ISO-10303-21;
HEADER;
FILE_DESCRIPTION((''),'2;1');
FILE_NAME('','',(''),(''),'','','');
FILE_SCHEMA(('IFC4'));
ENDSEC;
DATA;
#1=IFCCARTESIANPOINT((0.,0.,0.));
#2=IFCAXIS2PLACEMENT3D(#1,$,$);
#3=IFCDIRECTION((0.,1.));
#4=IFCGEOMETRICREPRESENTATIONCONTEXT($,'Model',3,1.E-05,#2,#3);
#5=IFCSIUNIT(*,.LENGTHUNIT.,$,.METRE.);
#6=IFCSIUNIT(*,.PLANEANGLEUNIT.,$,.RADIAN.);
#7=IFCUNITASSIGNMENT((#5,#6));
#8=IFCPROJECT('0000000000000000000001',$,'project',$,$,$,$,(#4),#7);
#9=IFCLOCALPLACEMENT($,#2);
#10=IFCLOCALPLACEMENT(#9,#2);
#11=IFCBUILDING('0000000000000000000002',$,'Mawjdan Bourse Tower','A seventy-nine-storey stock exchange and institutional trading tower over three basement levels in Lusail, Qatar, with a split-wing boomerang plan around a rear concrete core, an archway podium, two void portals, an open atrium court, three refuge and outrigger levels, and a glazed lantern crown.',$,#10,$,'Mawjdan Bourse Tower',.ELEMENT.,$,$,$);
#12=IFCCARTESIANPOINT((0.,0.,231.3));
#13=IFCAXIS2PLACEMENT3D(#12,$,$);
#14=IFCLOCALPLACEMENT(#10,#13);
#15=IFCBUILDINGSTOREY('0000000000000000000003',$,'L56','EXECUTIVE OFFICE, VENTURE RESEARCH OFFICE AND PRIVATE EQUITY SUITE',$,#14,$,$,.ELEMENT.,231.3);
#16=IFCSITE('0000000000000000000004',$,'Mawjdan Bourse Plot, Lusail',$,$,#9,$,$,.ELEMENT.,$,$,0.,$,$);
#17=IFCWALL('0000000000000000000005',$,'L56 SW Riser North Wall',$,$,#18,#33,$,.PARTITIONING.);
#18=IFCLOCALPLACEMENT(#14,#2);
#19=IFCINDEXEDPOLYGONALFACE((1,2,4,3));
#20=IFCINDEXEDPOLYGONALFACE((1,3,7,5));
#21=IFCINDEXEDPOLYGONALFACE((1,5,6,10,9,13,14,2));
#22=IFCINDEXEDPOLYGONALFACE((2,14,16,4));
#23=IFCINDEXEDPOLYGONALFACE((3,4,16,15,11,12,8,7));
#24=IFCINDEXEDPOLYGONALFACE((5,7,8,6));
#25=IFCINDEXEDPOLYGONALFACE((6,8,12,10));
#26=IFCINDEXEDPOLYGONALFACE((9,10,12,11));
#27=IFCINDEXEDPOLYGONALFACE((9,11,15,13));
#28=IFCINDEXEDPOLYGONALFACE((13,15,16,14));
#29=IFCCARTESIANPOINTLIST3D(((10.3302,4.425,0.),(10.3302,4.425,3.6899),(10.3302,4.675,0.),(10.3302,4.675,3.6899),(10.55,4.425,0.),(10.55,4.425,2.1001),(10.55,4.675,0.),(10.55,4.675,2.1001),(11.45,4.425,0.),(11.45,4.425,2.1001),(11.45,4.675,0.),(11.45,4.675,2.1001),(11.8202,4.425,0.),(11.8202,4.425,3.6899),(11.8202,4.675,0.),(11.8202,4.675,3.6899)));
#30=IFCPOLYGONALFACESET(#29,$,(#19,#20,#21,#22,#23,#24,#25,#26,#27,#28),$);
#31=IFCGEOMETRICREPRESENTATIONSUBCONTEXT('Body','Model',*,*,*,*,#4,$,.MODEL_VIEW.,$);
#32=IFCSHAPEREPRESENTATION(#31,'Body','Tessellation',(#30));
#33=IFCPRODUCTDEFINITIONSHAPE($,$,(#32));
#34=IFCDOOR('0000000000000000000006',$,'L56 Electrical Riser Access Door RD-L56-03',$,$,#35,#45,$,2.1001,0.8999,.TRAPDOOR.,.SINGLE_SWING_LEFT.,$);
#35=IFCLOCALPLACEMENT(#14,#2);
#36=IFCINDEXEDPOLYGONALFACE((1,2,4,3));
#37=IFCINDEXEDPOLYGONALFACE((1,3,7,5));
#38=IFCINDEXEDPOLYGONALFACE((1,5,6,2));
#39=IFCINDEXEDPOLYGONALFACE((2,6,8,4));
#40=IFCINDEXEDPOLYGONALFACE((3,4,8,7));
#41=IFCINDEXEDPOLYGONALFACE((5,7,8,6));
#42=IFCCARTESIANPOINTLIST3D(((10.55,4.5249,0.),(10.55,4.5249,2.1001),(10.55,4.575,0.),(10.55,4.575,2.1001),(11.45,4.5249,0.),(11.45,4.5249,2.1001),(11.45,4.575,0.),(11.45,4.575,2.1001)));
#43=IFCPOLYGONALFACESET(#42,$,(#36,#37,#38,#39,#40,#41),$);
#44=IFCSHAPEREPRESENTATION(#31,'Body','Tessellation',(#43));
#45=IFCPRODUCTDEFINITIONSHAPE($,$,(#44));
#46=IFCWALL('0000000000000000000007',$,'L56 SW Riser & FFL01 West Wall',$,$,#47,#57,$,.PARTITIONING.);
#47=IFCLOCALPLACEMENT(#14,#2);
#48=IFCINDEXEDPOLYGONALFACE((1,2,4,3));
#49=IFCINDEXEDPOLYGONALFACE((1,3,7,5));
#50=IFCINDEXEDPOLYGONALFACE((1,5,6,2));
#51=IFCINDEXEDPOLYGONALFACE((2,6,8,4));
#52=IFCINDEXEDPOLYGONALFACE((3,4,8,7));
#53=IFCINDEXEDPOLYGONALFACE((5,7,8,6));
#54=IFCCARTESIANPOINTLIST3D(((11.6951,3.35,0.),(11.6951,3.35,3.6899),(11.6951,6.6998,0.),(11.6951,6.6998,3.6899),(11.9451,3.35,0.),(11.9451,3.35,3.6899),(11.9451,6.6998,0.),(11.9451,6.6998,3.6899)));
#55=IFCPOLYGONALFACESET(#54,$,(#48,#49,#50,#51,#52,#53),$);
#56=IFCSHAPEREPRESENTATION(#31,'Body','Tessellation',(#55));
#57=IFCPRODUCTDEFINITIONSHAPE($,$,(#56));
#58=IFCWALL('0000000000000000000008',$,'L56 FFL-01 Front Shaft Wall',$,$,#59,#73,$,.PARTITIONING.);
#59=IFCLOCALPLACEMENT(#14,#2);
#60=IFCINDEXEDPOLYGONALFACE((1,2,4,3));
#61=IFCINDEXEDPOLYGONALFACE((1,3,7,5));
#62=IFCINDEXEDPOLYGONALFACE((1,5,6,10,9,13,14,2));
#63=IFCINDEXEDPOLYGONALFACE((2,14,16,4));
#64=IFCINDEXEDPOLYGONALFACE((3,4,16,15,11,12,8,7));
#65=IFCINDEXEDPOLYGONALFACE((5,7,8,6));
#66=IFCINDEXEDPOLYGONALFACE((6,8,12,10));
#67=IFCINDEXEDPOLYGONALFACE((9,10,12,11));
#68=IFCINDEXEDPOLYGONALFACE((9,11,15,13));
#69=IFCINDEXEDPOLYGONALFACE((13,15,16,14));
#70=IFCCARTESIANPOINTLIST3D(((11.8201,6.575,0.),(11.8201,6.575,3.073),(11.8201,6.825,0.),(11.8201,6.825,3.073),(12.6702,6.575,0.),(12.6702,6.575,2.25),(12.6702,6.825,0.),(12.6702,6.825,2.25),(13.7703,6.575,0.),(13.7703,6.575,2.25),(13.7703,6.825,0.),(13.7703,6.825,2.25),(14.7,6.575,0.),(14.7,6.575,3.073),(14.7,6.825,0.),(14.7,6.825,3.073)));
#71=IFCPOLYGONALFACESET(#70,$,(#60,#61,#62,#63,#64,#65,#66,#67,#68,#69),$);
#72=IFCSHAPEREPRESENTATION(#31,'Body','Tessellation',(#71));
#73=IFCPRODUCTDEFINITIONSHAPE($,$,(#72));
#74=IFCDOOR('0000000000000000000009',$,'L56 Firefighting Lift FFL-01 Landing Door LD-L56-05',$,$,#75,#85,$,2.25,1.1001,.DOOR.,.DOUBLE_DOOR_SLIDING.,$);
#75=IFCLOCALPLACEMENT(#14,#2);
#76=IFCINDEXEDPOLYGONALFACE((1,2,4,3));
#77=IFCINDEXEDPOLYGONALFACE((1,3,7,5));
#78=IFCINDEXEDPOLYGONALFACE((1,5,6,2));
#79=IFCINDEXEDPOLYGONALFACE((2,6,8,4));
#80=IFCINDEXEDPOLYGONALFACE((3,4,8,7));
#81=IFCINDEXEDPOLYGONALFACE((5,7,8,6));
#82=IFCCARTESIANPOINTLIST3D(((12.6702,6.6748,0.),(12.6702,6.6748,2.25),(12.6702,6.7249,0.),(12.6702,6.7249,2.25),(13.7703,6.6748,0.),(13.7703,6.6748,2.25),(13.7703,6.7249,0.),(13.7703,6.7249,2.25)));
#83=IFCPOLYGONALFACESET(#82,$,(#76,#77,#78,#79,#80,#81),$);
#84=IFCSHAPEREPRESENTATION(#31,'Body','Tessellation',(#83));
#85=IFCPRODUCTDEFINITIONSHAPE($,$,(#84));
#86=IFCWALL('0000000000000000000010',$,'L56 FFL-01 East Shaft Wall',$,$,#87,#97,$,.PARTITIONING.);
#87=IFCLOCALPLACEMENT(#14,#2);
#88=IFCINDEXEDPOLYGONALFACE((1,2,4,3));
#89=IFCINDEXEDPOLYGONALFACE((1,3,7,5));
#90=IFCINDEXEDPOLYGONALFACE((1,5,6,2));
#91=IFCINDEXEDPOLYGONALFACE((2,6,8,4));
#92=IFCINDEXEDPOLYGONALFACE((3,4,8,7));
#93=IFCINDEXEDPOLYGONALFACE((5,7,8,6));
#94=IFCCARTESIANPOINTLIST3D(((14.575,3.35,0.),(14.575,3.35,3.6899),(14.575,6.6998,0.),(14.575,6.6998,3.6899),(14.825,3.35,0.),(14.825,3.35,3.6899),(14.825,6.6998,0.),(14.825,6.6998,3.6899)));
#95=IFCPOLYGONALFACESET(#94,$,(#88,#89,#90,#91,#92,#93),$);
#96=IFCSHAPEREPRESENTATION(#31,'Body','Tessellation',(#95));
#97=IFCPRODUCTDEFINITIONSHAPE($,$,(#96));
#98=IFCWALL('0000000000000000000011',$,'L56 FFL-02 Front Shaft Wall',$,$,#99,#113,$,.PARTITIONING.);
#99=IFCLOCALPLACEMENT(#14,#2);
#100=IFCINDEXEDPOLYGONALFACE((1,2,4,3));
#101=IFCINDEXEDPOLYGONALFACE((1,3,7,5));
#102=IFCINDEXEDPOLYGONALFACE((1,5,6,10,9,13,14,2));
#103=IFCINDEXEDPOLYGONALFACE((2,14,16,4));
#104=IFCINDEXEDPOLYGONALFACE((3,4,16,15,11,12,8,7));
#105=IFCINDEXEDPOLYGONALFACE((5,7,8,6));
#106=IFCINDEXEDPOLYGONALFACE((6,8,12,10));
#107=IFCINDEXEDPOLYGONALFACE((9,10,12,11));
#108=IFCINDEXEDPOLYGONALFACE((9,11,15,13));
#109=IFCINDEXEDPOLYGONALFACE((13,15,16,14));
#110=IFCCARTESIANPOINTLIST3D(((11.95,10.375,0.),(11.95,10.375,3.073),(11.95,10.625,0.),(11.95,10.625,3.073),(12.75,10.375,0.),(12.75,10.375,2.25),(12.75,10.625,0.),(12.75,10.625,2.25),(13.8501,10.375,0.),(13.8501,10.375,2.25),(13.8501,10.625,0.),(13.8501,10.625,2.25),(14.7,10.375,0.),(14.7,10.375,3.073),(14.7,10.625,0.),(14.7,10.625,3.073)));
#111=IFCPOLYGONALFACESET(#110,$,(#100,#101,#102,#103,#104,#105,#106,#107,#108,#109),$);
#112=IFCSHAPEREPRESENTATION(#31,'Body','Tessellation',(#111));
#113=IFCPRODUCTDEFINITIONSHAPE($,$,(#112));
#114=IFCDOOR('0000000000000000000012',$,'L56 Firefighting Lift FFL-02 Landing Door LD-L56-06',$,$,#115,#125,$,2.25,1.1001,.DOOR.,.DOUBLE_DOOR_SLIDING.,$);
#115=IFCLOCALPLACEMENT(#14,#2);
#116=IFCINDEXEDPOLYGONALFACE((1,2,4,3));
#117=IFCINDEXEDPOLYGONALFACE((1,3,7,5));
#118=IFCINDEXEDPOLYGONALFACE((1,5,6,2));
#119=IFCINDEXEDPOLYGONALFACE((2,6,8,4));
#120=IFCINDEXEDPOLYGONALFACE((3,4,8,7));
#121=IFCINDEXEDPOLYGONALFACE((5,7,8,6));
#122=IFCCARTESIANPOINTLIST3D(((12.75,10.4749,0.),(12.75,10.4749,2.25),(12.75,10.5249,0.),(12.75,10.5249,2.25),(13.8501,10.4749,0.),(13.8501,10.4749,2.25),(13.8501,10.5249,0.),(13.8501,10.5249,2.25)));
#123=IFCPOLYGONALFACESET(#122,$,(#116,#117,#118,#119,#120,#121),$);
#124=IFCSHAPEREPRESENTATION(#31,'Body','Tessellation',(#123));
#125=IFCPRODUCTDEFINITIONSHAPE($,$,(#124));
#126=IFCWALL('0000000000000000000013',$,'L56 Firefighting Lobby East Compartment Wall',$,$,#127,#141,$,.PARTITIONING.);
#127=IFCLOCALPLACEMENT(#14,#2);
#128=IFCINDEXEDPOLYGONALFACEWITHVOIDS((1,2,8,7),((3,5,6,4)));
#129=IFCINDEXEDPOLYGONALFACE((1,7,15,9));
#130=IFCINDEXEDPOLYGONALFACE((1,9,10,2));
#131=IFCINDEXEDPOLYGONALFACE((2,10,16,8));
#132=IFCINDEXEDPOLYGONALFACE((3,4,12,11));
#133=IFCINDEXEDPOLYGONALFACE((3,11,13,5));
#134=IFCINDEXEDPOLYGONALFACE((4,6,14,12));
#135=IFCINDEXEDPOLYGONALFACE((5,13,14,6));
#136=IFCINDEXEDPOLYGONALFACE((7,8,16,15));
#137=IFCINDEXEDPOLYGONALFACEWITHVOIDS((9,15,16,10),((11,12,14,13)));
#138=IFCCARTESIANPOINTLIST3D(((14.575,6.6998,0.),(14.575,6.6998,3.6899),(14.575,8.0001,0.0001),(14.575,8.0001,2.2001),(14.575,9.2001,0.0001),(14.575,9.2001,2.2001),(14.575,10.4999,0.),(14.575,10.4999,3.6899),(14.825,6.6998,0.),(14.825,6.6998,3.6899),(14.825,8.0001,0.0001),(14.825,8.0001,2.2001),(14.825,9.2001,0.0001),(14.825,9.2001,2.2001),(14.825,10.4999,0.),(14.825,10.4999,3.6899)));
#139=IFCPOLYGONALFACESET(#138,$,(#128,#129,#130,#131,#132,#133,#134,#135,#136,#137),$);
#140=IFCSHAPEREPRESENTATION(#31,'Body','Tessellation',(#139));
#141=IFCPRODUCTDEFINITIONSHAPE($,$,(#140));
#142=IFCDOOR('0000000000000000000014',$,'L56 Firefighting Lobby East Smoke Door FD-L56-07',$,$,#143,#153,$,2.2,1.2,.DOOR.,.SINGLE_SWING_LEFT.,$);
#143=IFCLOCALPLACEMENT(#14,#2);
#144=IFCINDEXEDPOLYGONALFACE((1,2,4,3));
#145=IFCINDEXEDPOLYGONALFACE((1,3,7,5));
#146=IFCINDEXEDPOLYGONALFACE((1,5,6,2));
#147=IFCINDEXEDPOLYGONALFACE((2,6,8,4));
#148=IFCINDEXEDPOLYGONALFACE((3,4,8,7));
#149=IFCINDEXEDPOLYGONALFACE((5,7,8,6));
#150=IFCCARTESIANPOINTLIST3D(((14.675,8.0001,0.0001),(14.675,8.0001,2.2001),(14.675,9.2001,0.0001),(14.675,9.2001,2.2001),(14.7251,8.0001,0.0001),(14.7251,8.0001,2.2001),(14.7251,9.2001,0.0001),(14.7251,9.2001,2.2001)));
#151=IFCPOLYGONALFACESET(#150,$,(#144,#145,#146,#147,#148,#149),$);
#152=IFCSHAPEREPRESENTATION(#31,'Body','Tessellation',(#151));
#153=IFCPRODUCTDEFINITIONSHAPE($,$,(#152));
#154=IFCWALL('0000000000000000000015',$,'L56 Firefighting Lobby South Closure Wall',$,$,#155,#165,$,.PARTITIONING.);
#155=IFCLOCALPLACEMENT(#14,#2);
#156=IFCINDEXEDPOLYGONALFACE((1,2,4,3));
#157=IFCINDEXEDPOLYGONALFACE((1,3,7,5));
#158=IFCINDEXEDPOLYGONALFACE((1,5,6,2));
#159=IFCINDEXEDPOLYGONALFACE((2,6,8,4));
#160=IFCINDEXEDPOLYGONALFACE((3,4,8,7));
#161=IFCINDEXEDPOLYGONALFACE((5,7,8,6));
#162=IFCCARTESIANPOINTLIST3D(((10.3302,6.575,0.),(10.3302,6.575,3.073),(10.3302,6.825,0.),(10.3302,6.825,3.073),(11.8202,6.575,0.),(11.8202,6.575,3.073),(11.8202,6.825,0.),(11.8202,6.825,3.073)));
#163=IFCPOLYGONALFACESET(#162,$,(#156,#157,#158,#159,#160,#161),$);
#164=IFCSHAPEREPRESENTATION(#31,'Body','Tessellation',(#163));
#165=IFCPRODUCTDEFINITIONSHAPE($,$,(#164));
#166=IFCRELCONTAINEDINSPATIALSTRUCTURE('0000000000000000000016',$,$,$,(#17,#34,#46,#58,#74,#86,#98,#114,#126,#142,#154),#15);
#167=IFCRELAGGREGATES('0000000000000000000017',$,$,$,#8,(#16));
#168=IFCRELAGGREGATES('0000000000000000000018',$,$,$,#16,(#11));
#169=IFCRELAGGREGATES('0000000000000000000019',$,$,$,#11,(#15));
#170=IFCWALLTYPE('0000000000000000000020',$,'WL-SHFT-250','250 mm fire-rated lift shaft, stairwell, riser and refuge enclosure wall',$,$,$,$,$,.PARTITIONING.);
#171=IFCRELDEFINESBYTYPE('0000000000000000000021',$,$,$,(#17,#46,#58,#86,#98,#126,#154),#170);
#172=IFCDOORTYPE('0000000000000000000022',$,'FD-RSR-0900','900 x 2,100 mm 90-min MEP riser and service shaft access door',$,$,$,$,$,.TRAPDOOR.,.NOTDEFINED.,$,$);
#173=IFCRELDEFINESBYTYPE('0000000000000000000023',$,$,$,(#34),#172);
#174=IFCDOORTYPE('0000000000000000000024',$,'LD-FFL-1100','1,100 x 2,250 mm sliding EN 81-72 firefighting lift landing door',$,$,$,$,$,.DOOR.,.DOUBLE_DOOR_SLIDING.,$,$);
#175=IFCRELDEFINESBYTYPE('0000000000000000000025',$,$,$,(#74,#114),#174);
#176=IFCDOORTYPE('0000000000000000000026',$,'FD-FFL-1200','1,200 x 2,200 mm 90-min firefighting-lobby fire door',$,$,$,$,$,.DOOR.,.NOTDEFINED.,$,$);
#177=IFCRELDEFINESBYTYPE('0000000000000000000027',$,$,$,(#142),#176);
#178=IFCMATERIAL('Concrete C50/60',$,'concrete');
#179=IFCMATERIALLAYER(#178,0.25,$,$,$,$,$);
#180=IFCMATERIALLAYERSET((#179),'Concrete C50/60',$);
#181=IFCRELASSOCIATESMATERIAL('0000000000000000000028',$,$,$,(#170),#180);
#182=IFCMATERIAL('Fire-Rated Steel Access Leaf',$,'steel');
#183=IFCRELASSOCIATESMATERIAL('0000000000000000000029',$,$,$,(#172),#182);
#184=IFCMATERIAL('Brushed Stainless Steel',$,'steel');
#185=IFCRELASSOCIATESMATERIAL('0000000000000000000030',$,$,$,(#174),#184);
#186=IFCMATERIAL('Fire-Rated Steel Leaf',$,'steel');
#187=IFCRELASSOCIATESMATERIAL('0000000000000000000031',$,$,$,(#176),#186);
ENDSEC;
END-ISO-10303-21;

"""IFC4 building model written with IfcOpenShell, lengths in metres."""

from ifc_helpers import new_model, si_unit, direction, frame, frame_2d, origin, place, context, subcontext, project, spatial, rectangle, extrude, material, layer, layer_set, type_object, element, fill, save


model = new_model("IFC4")

# Units and contexts
model_context = context("Model", 3, precision=1e-05, world=origin(), true_north=direction((0.0, 1.0)))
body_context = subcontext(model_context, "Body", "Model", "MODEL_VIEW")
ifc_project = project(units=[si_unit("LENGTHUNIT", "METRE"), si_unit("PLANEANGLEUNIT", "RADIAN")], contexts=[model_context])

# Site, building, storey
site_placement = place(None, origin())
site = spatial("IfcSite", under=ifc_project, at=site_placement, Name="Mawjdan Bourse Plot, Lusail", CompositionType="ELEMENT", RefElevation=0.0)
building_placement = place(site_placement, origin())
building = spatial("IfcBuilding", under=site, at=building_placement, Name="Mawjdan Bourse Tower", Description="A seventy-nine-storey stock exchange and institutional trading tower over three basement levels in Lusail, Qatar, with a split-wing boomerang plan around a rear concrete core, an archway podium, two void portals, an open atrium court, three refuge and outrigger levels, and a glazed lantern crown.", LongName="Mawjdan Bourse Tower", CompositionType="ELEMENT")
storey_placement = place(building_placement, frame((0.0, 0.0, 231.3)))
storey = spatial("IfcBuildingStorey", under=building, at=storey_placement, Name="L56", Description="EXECUTIVE OFFICE, VENTURE RESEARCH OFFICE AND PRIVATE EQUITY SUITE", CompositionType="ELEMENT", Elevation=231.3)

# Wall, opening, door
ifc_material_1 = material(Name="Concrete C50/60", Category="concrete")
ifc_layer_1 = layer(ifc_material_1, 0.25)
ifc_layer_set_1 = layer_set([ifc_layer_1], Name="Concrete C50/60")
wall_type_1 = type_object("IfcWallType", Name="WL-SHFT-250", Description="250 mm fire-rated lift shaft, stairwell, riser and refuge enclosure wall", PredefinedType="PARTITIONING", material=ifc_layer_set_1)
wall_1_placement = place(storey_placement, frame((10.3301, 4.55, 0.0), z_axis=(0.0, 0.0, 1.0), x_axis=(1.0, 0.0, 0.0)))
wall_1 = element("IfcWall", 1, at=wall_1_placement, inside=storey, type_object=wall_type_1, Name="L56 SW Riser North Wall", PredefinedType="PARTITIONING", context=body_context, shape_type="SweptSolid", body=[
    extrude(rectangle(XDim=1.49, YDim=0.25, at=frame_2d((0.7451, 0.0))), origin(), (0.0, 0.0, 1.0), 3.6899),
])
opening_1_placement = place(wall_1_placement, frame((0.22, 0.0, 0.0)))
opening_1 = element("IfcOpeningElement", 2, at=opening_1_placement, cuts=wall_1, PredefinedType="OPENING", context=body_context, shape_type="SweptSolid", body=[
    extrude(rectangle(XDim=0.8999, YDim=2.1001, at=frame_2d((0.45, 1.05))), frame((0.0, 0.135, 0.0), z_axis=(0.0, -1.0, 0.0), x_axis=(1.0, 0.0, 0.0)), (0.0, 0.0, 1.0), 0.27),
])
ifc_material_2 = material(Name="Fire-Rated Steel Access Leaf", Category="steel")
door_type_1 = type_object("IfcDoorType", Name="FD-RSR-0900", Description="900 x 2,100 mm 90-min MEP riser and service shaft access door", OperationType="NOTDEFINED", PredefinedType="TRAPDOOR", material=ifc_material_2)
door_1_placement = place(opening_1_placement, origin())
door_1 = element("IfcDoor", 3, at=door_1_placement, inside=storey, type_object=door_type_1, Name="L56 Electrical Riser Access Door RD-L56-03", OperationType="SINGLE_SWING_LEFT", OverallHeight=2.1001, OverallWidth=0.8999, PredefinedType="TRAPDOOR", context=body_context, shape_type="SweptSolid", body=[
    extrude(rectangle(XDim=0.8999, YDim=2.1001, at=frame_2d((0.45, 1.05))), frame((0.0, 0.0249, 0.0), z_axis=(0.0, -1.0, 0.0), x_axis=(1.0, 0.0, 0.0)), (0.0, 0.0, 1.0), 0.05),
])
fill(opening_1, door_1)

# Wall
wall_2_placement = place(storey_placement, frame((11.8201, 3.3501, 0.0), z_axis=(0.0, 0.0, 1.0), x_axis=(0.0, 1.0, 0.0)))
element("IfcWall", 4, at=wall_2_placement, inside=storey, type_object=wall_type_1, Name="L56 SW Riser & FFL01 West Wall", PredefinedType="PARTITIONING", context=body_context, shape_type="SweptSolid", body=[
    extrude(rectangle(XDim=3.3499, YDim=0.25, at=frame_2d((1.6748, 0.0))), origin(), (0.0, 0.0, 1.0), 3.6899),
])

# Wall, opening, door
wall_3_placement = place(storey_placement, frame((11.8201, 6.7, 0.0), z_axis=(0.0, 0.0, 1.0), x_axis=(1.0, 0.0, 0.0)))
wall_3 = element("IfcWall", 5, at=wall_3_placement, inside=storey, type_object=wall_type_1, Name="L56 FFL-01 Front Shaft Wall", PredefinedType="PARTITIONING", context=body_context, shape_type="SweptSolid", body=[
    extrude(rectangle(XDim=2.8799, YDim=0.25, at=frame_2d((1.4399, 0.0))), origin(), (0.0, 0.0, 1.0), 3.073),
])
opening_2_placement = place(wall_3_placement, frame((0.8501, 0.0, 0.0)))
opening_2 = element("IfcOpeningElement", 6, at=opening_2_placement, cuts=wall_3, PredefinedType="OPENING", context=body_context, shape_type="SweptSolid", body=[
    extrude(rectangle(XDim=1.1001, YDim=2.25, at=frame_2d((0.55, 1.125))), frame((0.0, 0.135, 0.0), z_axis=(0.0, -1.0, 0.0), x_axis=(1.0, 0.0, 0.0)), (0.0, 0.0, 1.0), 0.27),
])
ifc_material_3 = material(Name="Brushed Stainless Steel", Category="steel")
door_type_2 = type_object("IfcDoorType", Name="LD-FFL-1100", Description="1,100 x 2,250 mm sliding EN 81-72 firefighting lift landing door", OperationType="DOUBLE_DOOR_SLIDING", PredefinedType="DOOR", material=ifc_material_3)
door_2_placement = place(opening_2_placement, origin())
door_2 = element("IfcDoor", 7, at=door_2_placement, inside=storey, type_object=door_type_2, Name="L56 Firefighting Lift FFL-01 Landing Door LD-L56-05", OperationType="DOUBLE_DOOR_SLIDING", OverallHeight=2.25, OverallWidth=1.1001, PredefinedType="DOOR", context=body_context, shape_type="SweptSolid", body=[
    extrude(rectangle(XDim=1.1001, YDim=2.25, at=frame_2d((0.55, 1.125))), frame((0.0, 0.0249, 0.0), z_axis=(0.0, -1.0, 0.0), x_axis=(1.0, 0.0, 0.0)), (0.0, 0.0, 1.0), 0.05),
])
fill(opening_2, door_2)

# Wall
wall_4_placement = place(storey_placement, frame((14.7, 3.3501, 0.0), z_axis=(0.0, 0.0, 1.0), x_axis=(0.0, 1.0, 0.0)))
element("IfcWall", 8, at=wall_4_placement, inside=storey, type_object=wall_type_1, Name="L56 FFL-01 East Shaft Wall", PredefinedType="PARTITIONING", context=body_context, shape_type="SweptSolid", body=[
    extrude(rectangle(XDim=3.3499, YDim=0.25, at=frame_2d((1.6748, 0.0))), origin(), (0.0, 0.0, 1.0), 3.6899),
])

# Walls, openings, doors
wall_5_placement = place(storey_placement, frame((11.95, 10.5, 0.0), z_axis=(0.0, 0.0, 1.0), x_axis=(1.0, 0.0, 0.0)))
wall_5 = element("IfcWall", 9, at=wall_5_placement, inside=storey, type_object=wall_type_1, Name="L56 FFL-02 Front Shaft Wall", PredefinedType="PARTITIONING", context=body_context, shape_type="SweptSolid", body=[
    extrude(rectangle(XDim=2.75, YDim=0.25, at=frame_2d((1.375, 0.0))), origin(), (0.0, 0.0, 1.0), 3.073),
])
opening_3_placement = place(wall_5_placement, frame((0.8, 0.0, 0.0)))
opening_3 = element("IfcOpeningElement", 10, at=opening_3_placement, cuts=wall_5, PredefinedType="OPENING", context=body_context, shape_type="SweptSolid", body=[
    extrude(rectangle(XDim=1.1001, YDim=2.25, at=frame_2d((0.55, 1.125))), frame((0.0, 0.135, 0.0), z_axis=(0.0, -1.0, 0.0), x_axis=(1.0, 0.0, 0.0)), (0.0, 0.0, 1.0), 0.27),
])
door_3_placement = place(opening_3_placement, origin())
door_3 = element("IfcDoor", 11, at=door_3_placement, inside=storey, type_object=door_type_2, Name="L56 Firefighting Lift FFL-02 Landing Door LD-L56-06", OperationType="DOUBLE_DOOR_SLIDING", OverallHeight=2.25, OverallWidth=1.1001, PredefinedType="DOOR", context=body_context, shape_type="SweptSolid", body=[
    extrude(rectangle(XDim=1.1001, YDim=2.25, at=frame_2d((0.55, 1.125))), frame((0.0, 0.0249, 0.0), z_axis=(0.0, -1.0, 0.0), x_axis=(1.0, 0.0, 0.0)), (0.0, 0.0, 1.0), 0.05),
])
fill(opening_3, door_3)
wall_6_placement = place(storey_placement, frame((14.7, 6.7, 0.0), z_axis=(0.0, 0.0, 1.0), x_axis=(0.0, 1.0, 0.0)))
wall_6 = element("IfcWall", 12, at=wall_6_placement, inside=storey, type_object=wall_type_1, Name="L56 Firefighting Lobby East Compartment Wall", PredefinedType="PARTITIONING", context=body_context, shape_type="SweptSolid", body=[
    extrude(rectangle(XDim=3.8, YDim=0.25, at=frame_2d((1.8999, 0.0))), origin(), (0.0, 0.0, 1.0), 3.6899),
])
opening_4_placement = place(wall_6_placement, frame((1.3, 0.0, 0.0)))
opening_4 = element("IfcOpeningElement", 13, at=opening_4_placement, cuts=wall_6, PredefinedType="OPENING", context=body_context, shape_type="SweptSolid", body=[
    extrude(rectangle(XDim=1.2, YDim=2.2, at=frame_2d((0.6001, 1.1001))), frame((0.0, 0.135, 0.0), z_axis=(0.0, -1.0, 0.0), x_axis=(1.0, 0.0, 0.0)), (0.0, 0.0, 1.0), 0.27),
])
ifc_material_4 = material(Name="Fire-Rated Steel Leaf", Category="steel")
door_type_3 = type_object("IfcDoorType", Name="FD-FFL-1200", Description="1,200 x 2,200 mm 90-min firefighting-lobby fire door", OperationType="NOTDEFINED", PredefinedType="DOOR", material=ifc_material_4)
door_4_placement = place(opening_4_placement, origin())
door_4 = element("IfcDoor", 14, at=door_4_placement, inside=storey, type_object=door_type_3, Name="L56 Firefighting Lobby East Smoke Door FD-L56-07", OperationType="SINGLE_SWING_LEFT", OverallHeight=2.2, OverallWidth=1.2, PredefinedType="DOOR", context=body_context, shape_type="SweptSolid", body=[
    extrude(rectangle(XDim=1.2, YDim=2.2, at=frame_2d((0.6001, 1.1001))), frame((0.0, 0.0249, 0.0), z_axis=(0.0, -1.0, 0.0), x_axis=(1.0, 0.0, 0.0)), (0.0, 0.0, 1.0), 0.05),
])
fill(opening_4, door_4)

# Wall
wall_7_placement = place(storey_placement, frame((10.3301, 6.7, 0.0), z_axis=(0.0, 0.0, 1.0), x_axis=(1.0, 0.0, 0.0)))
element("IfcWall", 15, at=wall_7_placement, inside=storey, type_object=wall_type_1, Name="L56 Firefighting Lobby South Closure Wall", PredefinedType="PARTITIONING", context=body_context, shape_type="SweptSolid", body=[
    extrude(rectangle(XDim=1.49, YDim=0.25, at=frame_2d((0.7451, 0.0))), origin(), (0.0, 0.0, 1.0), 3.073),
])

save(model, "model.ifc")
